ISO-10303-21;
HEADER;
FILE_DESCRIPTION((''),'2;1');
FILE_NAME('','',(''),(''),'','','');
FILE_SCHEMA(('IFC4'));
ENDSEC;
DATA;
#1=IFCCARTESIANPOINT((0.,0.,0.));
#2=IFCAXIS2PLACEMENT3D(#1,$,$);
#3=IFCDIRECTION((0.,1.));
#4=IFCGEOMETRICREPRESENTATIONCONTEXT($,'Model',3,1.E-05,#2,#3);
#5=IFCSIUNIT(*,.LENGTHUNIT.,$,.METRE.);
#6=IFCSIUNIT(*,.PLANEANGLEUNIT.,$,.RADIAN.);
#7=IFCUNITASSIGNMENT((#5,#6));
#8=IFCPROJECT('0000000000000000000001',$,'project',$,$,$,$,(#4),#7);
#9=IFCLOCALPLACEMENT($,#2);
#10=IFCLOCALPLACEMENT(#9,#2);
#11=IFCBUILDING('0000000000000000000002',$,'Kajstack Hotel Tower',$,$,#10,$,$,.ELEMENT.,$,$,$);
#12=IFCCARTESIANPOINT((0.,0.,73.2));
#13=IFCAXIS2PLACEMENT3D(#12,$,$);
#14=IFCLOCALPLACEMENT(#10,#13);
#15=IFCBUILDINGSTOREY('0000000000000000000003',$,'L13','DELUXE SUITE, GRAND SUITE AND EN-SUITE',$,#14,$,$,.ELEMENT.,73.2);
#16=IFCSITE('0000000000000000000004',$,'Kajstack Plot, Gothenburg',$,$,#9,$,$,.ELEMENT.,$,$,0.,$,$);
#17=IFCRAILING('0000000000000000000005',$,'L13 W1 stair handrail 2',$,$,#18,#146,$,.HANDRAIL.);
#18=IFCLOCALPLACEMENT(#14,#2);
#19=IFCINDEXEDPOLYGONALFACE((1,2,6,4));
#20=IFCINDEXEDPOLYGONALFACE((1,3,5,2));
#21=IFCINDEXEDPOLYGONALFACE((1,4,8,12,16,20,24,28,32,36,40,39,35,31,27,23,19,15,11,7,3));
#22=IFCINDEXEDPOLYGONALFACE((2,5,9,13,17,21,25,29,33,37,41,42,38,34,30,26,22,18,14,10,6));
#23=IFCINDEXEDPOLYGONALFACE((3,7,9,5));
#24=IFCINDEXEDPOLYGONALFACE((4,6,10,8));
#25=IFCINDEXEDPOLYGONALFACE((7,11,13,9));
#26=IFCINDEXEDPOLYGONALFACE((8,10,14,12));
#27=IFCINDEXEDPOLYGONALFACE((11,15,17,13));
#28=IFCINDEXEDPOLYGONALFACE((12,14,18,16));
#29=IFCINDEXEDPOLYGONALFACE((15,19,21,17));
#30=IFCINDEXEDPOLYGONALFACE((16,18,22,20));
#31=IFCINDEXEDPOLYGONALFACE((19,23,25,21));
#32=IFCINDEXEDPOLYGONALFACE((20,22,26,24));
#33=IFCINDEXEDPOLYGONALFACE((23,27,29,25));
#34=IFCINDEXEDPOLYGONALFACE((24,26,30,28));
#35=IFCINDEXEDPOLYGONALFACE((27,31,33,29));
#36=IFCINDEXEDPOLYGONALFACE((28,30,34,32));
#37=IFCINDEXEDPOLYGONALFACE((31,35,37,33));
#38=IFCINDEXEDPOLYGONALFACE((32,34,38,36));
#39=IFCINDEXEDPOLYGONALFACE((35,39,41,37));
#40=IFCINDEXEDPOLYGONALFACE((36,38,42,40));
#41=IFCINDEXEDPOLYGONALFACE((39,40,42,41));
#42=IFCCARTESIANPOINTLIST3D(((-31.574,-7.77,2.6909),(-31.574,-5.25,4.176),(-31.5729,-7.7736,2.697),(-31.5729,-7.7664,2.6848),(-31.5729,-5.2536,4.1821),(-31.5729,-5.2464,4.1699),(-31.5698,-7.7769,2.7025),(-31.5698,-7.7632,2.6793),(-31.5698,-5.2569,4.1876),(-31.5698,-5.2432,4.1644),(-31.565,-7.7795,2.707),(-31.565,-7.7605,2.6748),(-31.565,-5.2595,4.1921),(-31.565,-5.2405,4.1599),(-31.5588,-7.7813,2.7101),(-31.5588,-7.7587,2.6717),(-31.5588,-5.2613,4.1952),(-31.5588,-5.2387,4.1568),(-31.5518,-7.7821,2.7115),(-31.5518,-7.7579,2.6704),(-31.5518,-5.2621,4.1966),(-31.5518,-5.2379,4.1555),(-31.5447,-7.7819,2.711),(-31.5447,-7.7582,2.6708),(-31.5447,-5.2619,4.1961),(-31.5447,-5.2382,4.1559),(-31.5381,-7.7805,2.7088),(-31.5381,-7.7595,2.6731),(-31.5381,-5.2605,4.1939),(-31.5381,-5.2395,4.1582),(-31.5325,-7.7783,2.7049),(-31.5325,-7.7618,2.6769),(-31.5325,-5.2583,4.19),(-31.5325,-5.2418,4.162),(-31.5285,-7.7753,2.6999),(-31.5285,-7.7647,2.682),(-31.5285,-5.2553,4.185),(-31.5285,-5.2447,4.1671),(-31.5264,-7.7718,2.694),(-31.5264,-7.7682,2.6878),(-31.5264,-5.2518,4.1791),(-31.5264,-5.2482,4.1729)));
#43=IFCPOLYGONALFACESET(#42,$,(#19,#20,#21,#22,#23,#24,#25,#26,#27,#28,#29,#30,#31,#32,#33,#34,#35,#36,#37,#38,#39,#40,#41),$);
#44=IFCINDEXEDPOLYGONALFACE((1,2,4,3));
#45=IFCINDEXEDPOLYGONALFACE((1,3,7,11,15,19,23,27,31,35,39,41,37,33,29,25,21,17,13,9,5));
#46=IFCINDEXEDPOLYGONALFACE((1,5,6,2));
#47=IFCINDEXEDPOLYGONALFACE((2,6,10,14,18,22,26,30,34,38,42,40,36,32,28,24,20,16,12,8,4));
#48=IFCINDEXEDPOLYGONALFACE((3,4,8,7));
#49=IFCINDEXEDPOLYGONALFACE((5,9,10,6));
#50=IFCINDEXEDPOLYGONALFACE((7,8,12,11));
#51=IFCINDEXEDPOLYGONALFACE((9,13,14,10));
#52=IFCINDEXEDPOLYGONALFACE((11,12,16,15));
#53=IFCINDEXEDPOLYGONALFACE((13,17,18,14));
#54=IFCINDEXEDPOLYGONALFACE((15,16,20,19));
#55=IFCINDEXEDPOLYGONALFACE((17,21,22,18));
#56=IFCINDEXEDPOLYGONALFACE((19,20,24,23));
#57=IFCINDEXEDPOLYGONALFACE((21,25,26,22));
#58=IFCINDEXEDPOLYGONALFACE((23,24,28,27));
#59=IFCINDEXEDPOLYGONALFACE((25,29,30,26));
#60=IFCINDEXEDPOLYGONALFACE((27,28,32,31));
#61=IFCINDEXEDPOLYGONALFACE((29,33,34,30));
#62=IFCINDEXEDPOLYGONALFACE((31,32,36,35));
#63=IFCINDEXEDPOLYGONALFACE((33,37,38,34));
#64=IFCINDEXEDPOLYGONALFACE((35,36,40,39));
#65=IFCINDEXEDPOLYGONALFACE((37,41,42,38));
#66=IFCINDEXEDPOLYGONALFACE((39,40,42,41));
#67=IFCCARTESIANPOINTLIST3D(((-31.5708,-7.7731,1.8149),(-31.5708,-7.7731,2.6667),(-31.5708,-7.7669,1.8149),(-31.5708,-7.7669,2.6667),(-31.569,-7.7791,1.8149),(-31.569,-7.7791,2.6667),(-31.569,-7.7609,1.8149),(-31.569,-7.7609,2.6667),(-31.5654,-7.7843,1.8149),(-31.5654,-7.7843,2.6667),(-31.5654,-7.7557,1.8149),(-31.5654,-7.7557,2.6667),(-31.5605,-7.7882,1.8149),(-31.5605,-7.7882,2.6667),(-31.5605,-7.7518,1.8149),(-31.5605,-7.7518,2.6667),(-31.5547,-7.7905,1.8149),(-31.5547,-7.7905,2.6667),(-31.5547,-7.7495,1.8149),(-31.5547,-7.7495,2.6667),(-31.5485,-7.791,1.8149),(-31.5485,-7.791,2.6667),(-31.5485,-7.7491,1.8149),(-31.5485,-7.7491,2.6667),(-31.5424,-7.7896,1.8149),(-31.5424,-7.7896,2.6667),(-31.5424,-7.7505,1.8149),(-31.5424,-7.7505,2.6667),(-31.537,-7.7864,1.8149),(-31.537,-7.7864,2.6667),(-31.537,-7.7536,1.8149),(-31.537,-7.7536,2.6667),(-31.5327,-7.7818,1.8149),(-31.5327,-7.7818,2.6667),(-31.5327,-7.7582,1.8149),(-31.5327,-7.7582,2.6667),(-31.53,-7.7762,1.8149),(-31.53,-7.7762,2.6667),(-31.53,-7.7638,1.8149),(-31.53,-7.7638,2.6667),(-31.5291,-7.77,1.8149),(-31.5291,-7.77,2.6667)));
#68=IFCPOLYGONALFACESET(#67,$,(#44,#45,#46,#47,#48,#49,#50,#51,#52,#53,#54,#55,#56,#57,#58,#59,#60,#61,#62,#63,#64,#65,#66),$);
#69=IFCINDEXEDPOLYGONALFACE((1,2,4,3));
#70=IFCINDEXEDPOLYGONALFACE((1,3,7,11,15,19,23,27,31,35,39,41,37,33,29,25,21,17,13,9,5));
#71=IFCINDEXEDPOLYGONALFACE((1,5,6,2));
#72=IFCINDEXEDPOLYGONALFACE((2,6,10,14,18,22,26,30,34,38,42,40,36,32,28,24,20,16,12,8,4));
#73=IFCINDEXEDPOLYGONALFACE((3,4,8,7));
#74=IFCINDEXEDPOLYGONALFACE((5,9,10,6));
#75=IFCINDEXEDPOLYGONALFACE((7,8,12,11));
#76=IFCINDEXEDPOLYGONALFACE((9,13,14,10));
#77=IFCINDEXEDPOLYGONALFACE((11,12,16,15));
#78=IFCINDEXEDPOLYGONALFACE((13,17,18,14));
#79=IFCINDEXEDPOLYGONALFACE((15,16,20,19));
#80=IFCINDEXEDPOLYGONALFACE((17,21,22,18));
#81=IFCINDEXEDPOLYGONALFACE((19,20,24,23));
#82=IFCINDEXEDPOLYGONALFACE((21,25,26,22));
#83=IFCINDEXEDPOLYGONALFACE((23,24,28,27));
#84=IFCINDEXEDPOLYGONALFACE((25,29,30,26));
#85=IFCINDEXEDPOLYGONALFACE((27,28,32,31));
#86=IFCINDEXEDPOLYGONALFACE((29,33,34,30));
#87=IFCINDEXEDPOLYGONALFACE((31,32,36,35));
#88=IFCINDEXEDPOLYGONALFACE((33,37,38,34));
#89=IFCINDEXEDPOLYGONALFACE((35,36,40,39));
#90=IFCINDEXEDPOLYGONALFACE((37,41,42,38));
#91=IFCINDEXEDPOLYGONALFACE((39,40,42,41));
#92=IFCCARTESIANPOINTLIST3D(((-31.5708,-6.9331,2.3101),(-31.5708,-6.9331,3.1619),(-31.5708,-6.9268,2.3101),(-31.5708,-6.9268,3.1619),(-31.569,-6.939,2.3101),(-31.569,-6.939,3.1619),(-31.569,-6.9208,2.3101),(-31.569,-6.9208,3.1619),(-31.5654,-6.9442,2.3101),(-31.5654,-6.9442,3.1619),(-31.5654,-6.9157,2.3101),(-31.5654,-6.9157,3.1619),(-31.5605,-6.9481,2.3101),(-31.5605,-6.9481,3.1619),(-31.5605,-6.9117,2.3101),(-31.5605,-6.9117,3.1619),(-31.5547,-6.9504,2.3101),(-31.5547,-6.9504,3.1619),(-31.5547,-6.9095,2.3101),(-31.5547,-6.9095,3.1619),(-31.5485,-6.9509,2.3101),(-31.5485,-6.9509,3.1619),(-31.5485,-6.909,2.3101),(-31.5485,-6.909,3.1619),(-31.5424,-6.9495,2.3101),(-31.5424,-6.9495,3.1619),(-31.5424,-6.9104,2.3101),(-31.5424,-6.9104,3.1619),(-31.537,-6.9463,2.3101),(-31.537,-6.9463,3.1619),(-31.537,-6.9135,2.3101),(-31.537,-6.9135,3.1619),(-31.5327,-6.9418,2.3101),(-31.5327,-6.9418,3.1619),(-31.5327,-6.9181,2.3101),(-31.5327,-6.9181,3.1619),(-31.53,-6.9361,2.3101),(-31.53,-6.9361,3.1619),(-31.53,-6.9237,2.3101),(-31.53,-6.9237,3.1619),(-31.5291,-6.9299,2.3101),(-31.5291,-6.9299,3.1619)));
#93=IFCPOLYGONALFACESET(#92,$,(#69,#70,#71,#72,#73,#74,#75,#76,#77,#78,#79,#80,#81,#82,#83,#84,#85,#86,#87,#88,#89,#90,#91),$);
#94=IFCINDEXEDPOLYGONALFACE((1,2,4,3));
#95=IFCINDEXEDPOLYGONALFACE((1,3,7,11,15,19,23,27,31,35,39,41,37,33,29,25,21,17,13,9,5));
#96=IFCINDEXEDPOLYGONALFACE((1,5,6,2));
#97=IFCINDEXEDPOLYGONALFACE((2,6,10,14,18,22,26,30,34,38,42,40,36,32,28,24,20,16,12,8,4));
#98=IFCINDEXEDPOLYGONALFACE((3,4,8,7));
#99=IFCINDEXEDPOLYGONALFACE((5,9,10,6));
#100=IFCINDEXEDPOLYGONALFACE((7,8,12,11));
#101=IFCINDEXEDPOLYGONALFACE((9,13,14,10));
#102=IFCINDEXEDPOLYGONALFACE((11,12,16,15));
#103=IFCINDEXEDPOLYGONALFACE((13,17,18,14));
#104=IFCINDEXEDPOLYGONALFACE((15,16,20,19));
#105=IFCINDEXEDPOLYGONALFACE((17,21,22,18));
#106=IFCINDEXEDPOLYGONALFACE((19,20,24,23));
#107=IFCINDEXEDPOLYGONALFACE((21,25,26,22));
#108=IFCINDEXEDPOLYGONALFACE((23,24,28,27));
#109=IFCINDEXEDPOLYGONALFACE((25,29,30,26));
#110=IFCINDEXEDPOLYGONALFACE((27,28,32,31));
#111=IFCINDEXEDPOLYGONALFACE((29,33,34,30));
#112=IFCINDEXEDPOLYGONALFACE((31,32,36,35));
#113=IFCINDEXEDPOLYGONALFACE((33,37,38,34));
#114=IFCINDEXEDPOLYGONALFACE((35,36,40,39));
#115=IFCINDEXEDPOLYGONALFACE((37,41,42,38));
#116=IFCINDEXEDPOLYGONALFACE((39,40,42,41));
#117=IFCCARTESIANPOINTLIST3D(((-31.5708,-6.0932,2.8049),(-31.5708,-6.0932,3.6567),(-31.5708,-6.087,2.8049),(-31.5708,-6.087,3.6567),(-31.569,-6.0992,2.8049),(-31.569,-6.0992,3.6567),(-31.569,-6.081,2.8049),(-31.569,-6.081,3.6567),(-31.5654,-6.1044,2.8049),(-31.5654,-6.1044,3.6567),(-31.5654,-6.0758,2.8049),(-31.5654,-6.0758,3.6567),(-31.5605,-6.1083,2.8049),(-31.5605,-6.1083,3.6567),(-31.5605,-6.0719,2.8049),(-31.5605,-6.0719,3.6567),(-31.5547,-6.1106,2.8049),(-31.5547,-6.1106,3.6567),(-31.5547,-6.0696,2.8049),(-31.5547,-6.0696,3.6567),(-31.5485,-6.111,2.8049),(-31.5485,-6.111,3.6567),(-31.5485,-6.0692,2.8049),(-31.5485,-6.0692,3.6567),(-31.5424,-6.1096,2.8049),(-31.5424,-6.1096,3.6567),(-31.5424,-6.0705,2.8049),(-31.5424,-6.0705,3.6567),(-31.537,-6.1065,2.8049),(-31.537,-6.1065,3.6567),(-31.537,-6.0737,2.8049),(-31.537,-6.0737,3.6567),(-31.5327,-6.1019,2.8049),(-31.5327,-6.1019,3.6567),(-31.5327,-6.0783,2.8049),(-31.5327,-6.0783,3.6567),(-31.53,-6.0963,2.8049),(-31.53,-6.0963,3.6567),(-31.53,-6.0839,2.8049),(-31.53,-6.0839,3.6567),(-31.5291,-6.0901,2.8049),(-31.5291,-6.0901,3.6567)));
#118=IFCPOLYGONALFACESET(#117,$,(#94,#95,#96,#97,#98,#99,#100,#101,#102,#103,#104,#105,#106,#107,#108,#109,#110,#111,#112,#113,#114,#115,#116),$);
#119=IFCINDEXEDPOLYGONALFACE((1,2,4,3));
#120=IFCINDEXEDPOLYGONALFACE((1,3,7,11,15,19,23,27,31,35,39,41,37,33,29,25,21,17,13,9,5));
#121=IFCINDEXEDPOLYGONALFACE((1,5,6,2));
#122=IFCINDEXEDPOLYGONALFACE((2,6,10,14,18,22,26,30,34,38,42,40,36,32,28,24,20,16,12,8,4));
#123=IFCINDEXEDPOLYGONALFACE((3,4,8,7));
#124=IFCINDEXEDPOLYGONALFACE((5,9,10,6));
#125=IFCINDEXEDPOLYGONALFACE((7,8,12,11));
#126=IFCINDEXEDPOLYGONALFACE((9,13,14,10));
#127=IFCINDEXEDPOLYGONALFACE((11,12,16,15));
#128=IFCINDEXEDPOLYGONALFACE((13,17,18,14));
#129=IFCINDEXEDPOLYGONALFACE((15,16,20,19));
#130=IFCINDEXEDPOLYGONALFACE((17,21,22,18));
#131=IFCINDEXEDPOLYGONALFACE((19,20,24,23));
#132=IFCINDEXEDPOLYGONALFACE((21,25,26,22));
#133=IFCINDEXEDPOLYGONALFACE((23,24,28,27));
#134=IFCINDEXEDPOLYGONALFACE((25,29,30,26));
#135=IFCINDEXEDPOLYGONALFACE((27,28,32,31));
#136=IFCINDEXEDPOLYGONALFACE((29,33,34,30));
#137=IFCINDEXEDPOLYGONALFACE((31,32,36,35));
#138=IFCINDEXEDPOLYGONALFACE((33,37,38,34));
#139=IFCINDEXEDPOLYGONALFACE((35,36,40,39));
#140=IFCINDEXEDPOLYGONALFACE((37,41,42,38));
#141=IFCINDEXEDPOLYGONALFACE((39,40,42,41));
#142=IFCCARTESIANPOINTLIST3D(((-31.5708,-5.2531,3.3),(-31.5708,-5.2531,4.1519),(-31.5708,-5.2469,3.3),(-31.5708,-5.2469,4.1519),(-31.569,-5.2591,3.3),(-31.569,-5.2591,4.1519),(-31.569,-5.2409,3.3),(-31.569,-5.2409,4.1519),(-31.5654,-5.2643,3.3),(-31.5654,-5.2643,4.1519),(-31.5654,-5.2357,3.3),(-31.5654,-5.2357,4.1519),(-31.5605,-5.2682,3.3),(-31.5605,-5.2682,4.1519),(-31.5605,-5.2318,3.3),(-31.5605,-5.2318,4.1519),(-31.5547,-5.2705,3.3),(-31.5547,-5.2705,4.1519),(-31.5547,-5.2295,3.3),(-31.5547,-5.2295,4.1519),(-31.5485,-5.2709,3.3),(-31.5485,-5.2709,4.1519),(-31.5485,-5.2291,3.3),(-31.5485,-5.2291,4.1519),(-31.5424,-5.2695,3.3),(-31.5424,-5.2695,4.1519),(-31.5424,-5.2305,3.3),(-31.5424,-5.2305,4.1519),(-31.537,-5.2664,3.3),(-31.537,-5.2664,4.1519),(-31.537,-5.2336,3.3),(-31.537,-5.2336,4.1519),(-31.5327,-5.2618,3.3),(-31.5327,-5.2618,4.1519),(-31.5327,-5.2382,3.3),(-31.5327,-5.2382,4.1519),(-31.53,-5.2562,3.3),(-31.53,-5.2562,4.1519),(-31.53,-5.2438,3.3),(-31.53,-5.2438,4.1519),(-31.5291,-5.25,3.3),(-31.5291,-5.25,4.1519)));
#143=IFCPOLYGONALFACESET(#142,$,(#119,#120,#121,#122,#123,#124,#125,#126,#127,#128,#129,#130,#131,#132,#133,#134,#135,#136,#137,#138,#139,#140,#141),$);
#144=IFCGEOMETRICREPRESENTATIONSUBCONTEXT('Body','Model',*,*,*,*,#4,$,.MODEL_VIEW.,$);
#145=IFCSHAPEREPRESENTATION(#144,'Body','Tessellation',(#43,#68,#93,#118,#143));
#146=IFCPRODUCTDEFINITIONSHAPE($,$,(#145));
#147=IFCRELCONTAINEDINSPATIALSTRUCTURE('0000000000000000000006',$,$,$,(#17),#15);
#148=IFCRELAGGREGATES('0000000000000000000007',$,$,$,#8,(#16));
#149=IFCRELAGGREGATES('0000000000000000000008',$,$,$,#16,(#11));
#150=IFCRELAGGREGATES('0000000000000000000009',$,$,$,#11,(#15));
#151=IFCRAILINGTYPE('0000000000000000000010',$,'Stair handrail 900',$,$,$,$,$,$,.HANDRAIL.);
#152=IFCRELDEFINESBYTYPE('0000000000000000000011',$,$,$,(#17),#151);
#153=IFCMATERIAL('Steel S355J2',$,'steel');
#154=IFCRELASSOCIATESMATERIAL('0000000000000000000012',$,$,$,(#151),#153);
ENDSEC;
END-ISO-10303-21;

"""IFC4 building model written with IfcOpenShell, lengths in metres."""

from ifc_helpers import new_model, si_unit, direction, frame, origin, origin_2d, place, context, subcontext, project, spatial, circle, extrude, material, type_object, element, save


model = new_model("IFC4")

# Units and contexts
model_context = context("Model", 3, precision=1e-05, world=origin(), true_north=direction((0.0, 1.0)))
body_context = subcontext(model_context, "Body", "Model", "MODEL_VIEW")
ifc_project = project(units=[si_unit("LENGTHUNIT", "METRE"), si_unit("PLANEANGLEUNIT", "RADIAN")], contexts=[model_context])

# Site, building, storey
site_placement = place(None, origin())
site = spatial("IfcSite", under=ifc_project, at=site_placement, Name="Kajstack Plot, Gothenburg", CompositionType="ELEMENT", RefElevation=0.0)
building_placement = place(site_placement, origin())
building = spatial("IfcBuilding", under=site, at=building_placement, Name="Kajstack Hotel Tower", CompositionType="ELEMENT")
storey_placement = place(building_placement, frame((0.0, 0.0, 73.2)))
storey = spatial("IfcBuildingStorey", under=building, at=storey_placement, Name="L13", Description="DELUXE SUITE, GRAND SUITE AND EN-SUITE", CompositionType="ELEMENT", Elevation=73.2)

# Railing
ifc_material_1 = material(Name="Steel S355J2", Category="steel")
railing_type = type_object("IfcRailingType", Name="Stair handrail 900", PredefinedType="HANDRAIL", material=ifc_material_1)
railing_1_placement = place(storey_placement, frame((-31.55, -7.77, 1.8149)))
element("IfcRailing", 1, at=railing_1_placement, inside=storey, type_object=railing_type, Name="L13 W1 stair handrail 2", PredefinedType="HANDRAIL", context=body_context, shape_type="SweptSolid", body=[
    extrude(circle(Radius=0.0239, at=origin_2d()), frame((0.0, 0.0, 0.876), z_axis=(0.0, 0.861524, 0.507717), x_axis=(-1.0, 0.0, 0.0)), (0.0, 0.0, 1.0), 2.925),
    extrude(circle(Radius=0.021, at=origin_2d()), origin(), (0.0, 0.0, 1.0), 0.8518),
    extrude(circle(Radius=0.021, at=origin_2d()), frame((0.0, 0.8401, 0.4951)), (0.0, 0.0, 1.0), 0.8518),
    extrude(circle(Radius=0.021, at=origin_2d()), frame((0.0, 1.6799, 0.99)), (0.0, 0.0, 1.0), 0.8518),
    extrude(circle(Radius=0.021, at=origin_2d()), frame((0.0, 2.52, 1.4851)), (0.0, 0.0, 1.0), 0.8518),
])

save(model, "model.ifc")
